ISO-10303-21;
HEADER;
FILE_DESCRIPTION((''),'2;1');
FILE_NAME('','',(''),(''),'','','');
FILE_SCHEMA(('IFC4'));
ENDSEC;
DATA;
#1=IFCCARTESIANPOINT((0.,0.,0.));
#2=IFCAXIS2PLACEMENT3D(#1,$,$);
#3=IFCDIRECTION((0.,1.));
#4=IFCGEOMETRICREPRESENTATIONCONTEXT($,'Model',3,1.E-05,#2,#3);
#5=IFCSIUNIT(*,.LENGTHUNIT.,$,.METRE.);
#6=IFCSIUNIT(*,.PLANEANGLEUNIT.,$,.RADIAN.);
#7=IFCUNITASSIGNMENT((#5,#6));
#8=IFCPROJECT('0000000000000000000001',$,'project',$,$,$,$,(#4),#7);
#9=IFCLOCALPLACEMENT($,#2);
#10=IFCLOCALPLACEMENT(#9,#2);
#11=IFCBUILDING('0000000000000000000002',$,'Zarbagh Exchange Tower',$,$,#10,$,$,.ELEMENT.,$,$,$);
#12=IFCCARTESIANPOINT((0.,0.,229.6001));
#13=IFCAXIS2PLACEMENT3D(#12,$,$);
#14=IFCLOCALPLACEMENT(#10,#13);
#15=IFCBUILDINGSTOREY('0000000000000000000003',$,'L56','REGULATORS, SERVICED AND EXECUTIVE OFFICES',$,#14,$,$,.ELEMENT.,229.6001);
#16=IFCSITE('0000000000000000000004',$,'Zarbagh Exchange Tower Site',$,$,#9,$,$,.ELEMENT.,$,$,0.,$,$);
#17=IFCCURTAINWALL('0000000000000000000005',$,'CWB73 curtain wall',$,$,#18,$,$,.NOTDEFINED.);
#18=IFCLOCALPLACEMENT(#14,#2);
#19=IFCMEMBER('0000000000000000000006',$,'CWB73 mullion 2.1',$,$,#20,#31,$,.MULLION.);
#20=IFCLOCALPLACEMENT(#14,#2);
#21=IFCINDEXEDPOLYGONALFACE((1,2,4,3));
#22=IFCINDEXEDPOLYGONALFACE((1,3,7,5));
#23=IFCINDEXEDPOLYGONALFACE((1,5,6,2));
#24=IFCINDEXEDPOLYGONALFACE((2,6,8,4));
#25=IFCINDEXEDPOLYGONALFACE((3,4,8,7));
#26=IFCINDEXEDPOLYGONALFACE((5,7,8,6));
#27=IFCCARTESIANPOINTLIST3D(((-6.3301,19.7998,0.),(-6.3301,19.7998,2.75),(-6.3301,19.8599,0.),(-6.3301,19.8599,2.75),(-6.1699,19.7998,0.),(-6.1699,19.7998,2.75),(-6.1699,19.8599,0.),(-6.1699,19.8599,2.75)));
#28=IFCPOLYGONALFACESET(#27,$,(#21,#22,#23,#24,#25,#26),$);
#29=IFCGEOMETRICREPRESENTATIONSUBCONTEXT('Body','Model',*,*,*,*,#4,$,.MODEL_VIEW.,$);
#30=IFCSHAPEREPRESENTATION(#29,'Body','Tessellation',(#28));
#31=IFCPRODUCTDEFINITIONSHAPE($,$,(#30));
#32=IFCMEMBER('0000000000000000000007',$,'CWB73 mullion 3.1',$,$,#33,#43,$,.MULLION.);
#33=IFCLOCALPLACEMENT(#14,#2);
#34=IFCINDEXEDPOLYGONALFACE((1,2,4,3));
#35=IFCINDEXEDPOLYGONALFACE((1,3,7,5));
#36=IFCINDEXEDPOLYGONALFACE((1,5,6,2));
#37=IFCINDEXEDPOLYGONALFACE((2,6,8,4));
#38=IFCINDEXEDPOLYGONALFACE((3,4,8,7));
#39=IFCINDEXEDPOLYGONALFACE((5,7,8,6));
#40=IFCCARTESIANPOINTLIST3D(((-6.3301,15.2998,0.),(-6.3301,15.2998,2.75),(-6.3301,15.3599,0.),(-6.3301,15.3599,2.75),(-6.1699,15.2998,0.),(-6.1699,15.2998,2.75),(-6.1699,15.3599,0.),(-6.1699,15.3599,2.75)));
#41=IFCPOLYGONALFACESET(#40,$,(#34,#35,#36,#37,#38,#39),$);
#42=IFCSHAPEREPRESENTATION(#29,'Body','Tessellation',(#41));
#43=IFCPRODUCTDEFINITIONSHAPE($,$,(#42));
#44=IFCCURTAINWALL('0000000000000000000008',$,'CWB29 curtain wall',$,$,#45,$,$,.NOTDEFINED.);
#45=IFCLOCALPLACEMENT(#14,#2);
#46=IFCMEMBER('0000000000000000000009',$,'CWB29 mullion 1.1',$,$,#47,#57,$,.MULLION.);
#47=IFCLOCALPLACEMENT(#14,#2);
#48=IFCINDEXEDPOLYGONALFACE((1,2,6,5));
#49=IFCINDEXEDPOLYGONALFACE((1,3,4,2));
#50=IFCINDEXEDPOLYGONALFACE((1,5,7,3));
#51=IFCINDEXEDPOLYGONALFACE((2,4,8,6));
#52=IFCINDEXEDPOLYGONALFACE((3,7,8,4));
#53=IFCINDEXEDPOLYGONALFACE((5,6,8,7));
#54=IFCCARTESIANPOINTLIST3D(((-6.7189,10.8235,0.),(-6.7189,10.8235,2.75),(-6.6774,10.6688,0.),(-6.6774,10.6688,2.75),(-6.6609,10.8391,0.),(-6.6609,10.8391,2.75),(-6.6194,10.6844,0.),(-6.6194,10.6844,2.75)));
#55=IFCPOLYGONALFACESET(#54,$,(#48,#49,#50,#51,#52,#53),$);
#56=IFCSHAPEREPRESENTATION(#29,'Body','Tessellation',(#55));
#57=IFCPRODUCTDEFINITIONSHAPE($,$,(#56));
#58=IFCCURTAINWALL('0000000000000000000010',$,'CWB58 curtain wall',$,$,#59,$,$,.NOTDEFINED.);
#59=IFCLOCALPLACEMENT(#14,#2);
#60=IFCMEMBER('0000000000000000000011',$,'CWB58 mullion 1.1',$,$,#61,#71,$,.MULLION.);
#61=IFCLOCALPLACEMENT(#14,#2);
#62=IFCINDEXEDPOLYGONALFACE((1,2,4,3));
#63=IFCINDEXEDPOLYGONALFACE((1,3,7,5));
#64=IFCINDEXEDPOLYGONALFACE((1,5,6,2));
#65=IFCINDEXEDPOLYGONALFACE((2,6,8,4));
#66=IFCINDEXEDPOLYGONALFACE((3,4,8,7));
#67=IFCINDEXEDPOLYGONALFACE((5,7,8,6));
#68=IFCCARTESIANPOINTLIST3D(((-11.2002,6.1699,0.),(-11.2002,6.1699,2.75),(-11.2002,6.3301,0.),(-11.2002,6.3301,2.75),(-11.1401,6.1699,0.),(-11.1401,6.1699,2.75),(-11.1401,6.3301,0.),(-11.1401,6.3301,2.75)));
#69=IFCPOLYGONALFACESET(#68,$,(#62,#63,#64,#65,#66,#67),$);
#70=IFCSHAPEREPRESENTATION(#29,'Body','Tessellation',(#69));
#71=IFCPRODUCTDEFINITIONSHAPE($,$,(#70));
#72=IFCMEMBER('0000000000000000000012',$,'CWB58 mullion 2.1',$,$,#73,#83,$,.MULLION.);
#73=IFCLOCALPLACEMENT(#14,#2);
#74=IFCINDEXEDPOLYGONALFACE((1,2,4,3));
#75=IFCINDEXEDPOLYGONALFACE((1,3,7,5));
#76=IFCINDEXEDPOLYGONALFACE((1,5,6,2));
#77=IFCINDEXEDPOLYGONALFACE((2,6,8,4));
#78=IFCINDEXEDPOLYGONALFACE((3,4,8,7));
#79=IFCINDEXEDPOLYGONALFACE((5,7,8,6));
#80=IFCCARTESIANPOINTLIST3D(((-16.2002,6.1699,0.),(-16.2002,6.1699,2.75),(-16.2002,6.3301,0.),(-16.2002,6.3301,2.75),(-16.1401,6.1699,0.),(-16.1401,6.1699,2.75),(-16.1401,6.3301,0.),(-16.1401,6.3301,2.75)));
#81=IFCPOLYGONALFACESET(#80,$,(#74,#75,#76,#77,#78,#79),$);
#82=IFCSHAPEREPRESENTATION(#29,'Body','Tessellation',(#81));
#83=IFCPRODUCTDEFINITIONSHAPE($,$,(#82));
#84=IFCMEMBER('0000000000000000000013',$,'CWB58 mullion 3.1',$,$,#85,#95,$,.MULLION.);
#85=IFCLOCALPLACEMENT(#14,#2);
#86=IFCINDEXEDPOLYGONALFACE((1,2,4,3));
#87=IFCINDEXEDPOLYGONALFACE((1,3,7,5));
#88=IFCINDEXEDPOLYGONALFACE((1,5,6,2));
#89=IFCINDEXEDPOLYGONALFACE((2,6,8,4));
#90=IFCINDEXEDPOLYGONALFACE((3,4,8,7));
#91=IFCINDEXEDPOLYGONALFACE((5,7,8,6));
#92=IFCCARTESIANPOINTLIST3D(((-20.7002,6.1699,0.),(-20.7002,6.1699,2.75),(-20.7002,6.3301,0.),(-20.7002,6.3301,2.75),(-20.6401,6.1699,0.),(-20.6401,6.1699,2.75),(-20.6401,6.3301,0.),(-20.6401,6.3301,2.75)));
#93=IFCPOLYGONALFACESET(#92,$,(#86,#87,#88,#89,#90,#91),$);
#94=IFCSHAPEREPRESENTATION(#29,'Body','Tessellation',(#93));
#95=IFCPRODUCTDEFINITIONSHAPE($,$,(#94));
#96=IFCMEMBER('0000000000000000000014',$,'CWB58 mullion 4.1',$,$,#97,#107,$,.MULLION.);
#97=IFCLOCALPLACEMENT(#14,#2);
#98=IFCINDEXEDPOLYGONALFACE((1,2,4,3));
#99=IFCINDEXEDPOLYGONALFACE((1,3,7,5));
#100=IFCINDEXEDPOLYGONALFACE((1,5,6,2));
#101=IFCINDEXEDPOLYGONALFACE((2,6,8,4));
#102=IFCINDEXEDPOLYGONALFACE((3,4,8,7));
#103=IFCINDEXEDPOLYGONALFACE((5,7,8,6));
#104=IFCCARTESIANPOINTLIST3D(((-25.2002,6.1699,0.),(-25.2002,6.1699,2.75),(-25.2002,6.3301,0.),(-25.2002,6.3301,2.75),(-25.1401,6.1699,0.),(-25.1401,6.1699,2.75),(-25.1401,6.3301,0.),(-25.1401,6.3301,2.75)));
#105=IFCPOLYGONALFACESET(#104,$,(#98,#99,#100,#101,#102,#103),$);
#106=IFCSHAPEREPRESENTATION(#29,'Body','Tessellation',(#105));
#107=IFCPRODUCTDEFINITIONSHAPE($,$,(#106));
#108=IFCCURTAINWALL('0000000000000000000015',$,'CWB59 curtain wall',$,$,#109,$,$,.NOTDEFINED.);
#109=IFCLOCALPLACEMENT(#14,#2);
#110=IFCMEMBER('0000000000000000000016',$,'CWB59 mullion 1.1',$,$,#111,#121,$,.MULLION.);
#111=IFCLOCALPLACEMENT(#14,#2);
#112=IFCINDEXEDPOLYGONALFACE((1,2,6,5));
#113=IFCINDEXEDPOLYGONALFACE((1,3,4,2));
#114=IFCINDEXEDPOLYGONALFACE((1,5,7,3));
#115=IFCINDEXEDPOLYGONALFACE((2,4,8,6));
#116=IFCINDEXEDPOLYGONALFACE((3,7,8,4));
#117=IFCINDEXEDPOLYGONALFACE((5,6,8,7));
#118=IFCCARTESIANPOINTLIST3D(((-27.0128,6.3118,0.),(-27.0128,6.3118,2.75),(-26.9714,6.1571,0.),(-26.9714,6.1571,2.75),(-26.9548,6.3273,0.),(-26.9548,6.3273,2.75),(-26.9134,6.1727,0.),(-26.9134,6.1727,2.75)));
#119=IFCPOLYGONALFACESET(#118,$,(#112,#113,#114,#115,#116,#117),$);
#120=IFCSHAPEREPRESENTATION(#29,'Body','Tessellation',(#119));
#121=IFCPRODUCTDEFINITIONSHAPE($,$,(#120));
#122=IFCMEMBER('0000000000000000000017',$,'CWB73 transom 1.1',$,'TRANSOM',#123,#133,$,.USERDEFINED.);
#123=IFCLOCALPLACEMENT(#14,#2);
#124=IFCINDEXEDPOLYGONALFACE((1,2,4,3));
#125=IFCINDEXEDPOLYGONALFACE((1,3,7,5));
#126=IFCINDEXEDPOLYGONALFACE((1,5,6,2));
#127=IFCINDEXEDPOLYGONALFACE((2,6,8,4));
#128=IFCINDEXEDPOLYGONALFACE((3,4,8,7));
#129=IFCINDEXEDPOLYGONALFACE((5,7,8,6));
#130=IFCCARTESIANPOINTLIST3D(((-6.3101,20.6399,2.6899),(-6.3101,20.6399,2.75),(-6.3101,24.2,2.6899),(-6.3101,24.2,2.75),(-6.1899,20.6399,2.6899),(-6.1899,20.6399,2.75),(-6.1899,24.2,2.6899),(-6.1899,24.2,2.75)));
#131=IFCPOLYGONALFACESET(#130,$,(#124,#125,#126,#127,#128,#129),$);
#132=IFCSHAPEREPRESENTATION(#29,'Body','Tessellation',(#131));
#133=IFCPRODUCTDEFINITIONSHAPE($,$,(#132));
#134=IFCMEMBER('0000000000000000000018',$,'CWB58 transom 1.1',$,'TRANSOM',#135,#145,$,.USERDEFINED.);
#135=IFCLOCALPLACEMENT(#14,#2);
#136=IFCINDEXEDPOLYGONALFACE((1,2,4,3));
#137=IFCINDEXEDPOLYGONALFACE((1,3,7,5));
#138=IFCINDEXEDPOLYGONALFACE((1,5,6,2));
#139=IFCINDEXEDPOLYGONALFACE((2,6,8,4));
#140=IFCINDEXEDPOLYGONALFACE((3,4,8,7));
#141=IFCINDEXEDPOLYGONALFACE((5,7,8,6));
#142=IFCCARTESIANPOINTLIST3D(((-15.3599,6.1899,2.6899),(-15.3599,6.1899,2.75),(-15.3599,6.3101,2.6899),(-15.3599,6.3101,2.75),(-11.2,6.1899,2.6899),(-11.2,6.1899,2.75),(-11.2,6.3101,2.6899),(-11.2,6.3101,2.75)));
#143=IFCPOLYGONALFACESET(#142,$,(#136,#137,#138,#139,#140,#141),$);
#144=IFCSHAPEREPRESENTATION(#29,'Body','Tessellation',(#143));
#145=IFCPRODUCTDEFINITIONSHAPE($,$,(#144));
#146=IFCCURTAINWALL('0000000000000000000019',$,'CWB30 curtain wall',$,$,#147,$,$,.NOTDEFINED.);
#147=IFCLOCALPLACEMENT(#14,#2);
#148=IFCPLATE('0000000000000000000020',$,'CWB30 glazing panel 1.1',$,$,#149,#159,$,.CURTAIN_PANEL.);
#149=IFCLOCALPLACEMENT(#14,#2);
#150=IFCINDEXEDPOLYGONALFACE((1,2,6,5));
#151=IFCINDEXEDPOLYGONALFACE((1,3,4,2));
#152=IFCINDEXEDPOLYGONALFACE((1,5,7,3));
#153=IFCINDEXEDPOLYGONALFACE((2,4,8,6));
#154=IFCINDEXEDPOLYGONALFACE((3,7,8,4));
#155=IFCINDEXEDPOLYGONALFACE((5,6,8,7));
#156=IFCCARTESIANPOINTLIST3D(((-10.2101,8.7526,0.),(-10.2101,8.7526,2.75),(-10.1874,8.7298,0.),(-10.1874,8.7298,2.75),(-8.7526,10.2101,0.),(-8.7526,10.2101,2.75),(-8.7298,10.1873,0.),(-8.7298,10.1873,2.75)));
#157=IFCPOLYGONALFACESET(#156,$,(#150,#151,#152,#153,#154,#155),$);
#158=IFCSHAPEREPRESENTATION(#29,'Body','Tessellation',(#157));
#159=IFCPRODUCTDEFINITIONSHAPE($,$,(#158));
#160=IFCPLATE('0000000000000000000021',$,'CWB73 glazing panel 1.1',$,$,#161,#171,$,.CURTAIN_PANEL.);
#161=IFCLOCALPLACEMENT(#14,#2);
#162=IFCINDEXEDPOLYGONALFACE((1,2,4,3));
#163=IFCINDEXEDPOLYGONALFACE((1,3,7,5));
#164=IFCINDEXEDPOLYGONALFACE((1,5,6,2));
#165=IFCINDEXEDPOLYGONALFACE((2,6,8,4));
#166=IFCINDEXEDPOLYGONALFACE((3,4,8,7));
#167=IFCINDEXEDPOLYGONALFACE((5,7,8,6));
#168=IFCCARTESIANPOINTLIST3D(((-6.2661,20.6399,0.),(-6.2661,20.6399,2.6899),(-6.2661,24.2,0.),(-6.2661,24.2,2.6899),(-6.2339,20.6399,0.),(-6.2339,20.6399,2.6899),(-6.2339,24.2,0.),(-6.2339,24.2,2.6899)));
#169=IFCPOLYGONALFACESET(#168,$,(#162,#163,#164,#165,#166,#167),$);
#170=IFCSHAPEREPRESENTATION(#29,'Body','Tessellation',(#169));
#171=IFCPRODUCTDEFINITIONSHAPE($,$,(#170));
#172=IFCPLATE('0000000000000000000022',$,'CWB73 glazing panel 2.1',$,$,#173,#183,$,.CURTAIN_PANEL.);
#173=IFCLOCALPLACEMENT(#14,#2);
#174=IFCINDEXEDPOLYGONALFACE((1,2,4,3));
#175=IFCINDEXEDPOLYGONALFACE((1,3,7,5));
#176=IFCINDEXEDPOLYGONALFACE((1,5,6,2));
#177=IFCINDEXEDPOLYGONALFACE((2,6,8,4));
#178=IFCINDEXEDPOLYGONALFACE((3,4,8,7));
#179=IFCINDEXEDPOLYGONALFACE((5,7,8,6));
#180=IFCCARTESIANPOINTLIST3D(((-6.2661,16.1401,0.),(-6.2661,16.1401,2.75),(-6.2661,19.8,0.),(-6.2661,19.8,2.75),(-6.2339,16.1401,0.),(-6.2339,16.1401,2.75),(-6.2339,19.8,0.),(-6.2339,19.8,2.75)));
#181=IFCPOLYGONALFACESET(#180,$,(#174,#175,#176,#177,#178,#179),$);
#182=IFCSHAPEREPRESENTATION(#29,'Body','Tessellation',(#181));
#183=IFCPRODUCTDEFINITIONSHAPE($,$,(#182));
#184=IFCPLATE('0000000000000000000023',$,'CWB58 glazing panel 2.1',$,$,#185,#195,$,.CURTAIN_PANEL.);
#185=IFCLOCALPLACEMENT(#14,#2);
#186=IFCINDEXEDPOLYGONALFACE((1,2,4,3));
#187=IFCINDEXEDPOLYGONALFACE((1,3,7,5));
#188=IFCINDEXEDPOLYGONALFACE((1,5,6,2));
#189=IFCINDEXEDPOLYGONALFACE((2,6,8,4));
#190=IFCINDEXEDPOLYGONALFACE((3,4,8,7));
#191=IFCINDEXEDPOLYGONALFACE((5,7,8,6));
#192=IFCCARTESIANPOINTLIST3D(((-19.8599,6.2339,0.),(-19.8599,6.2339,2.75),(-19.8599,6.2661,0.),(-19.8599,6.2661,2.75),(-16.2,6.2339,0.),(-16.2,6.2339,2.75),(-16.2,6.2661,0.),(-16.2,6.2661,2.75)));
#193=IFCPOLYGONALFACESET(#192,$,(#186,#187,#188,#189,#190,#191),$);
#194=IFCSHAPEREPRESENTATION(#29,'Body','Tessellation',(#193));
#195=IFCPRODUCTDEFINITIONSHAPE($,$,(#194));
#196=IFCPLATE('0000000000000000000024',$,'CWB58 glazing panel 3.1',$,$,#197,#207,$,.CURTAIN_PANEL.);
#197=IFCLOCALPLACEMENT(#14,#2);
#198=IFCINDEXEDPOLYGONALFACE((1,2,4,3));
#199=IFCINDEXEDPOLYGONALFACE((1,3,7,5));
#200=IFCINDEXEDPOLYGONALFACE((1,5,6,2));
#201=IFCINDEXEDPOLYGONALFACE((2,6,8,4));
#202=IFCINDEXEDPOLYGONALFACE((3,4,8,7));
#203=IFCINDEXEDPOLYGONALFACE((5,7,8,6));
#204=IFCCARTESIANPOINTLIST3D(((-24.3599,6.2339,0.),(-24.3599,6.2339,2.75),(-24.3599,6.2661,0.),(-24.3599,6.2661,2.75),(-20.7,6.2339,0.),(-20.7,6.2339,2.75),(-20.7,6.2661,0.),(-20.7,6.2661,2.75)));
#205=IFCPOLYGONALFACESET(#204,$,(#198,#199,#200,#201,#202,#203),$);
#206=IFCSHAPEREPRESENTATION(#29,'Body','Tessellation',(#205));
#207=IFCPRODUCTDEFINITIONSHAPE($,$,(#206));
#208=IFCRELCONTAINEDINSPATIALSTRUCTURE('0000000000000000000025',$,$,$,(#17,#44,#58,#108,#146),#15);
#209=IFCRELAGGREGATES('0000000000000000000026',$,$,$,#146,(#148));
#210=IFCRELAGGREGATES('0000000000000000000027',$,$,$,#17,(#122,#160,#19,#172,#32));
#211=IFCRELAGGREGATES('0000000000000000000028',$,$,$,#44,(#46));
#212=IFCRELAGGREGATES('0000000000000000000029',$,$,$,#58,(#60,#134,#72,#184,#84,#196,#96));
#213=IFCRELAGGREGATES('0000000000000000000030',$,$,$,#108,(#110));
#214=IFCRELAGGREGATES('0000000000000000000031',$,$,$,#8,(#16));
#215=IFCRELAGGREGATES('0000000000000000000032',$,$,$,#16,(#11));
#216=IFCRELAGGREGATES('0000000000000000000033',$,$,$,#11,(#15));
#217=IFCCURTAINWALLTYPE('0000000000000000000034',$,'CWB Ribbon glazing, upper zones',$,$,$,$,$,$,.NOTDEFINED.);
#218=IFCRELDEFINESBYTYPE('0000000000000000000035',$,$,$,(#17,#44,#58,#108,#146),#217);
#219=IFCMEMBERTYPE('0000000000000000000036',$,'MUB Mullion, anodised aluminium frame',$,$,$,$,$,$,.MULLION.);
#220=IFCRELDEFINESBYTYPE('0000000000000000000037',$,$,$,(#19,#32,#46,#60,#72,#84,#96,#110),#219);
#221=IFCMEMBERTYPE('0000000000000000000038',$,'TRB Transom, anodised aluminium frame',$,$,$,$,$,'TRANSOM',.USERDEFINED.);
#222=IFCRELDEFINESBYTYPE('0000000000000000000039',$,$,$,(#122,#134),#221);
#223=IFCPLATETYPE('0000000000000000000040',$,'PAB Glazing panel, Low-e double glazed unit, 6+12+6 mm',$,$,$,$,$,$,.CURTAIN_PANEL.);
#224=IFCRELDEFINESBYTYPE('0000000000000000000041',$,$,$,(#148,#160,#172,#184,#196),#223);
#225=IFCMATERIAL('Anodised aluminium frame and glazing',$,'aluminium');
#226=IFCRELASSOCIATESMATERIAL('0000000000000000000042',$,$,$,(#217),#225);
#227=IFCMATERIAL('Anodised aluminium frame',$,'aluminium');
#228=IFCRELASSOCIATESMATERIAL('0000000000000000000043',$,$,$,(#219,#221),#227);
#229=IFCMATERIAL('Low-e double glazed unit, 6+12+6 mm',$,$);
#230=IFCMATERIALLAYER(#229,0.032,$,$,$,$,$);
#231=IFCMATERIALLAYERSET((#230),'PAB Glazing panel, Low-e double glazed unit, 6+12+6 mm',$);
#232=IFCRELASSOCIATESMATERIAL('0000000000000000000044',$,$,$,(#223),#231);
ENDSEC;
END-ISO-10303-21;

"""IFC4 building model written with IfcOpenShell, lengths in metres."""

from ifc_helpers import new_model, si_unit, direction, frame, origin, place, context, subcontext, project, spatial, polyline, outline, extrude, source, transform, mapped, material, layer, layer_set, type_object, element, aggregate, save


model = new_model("IFC4")

# Units and contexts
model_context = context("Model", 3, precision=1e-05, world=origin(), true_north=direction((0.0, 1.0)))
body_context = subcontext(model_context, "Body", "Model", "MODEL_VIEW")
ifc_project = project(units=[si_unit("LENGTHUNIT", "METRE"), si_unit("PLANEANGLEUNIT", "RADIAN")], contexts=[model_context])

# Site, building, storey
site_placement = place(None, origin())
site = spatial("IfcSite", under=ifc_project, at=site_placement, Name="Zarbagh Exchange Tower Site", CompositionType="ELEMENT", RefElevation=0.0)
building_placement = place(site_placement, origin())
building = spatial("IfcBuilding", under=site, at=building_placement, Name="Zarbagh Exchange Tower", CompositionType="ELEMENT")
storey_placement = place(building_placement, frame((0.0, 0.0, 229.6001)))
storey = spatial("IfcBuildingStorey", under=building, at=storey_placement, Name="L56", Description="REGULATORS, SERVICED AND EXECUTIVE OFFICES", CompositionType="ELEMENT", Elevation=229.6001)

# Curtain wall, members
ifc_material_1 = material(Name="Anodised aluminium frame and glazing", Category="aluminium")
curtain_wall_type = type_object("IfcCurtainWallType", Name="CWB Ribbon glazing, upper zones", PredefinedType="NOTDEFINED", material=ifc_material_1)
curtain_wall_1_placement = place(storey_placement, origin())
curtain_wall_1 = element("IfcCurtainWall", 1, at=curtain_wall_1_placement, inside=storey, type_object=curtain_wall_type, Name="CWB73 curtain wall", PredefinedType="NOTDEFINED")
ifc_material_2 = material(Name="Anodised aluminium frame", Category="aluminium")
member_type_1 = type_object("IfcMemberType", Name="MUB Mullion, anodised aluminium frame", PredefinedType="MULLION", material=ifc_material_2)
shared_shape_1 = source(origin(), body_context, "Body", "SweptSolid", [
    extrude(outline(polyline([(0.0, -0.0801), (0.0601, -0.0801), (0.0601, 0.0801), (0.0, 0.0801), (0.0, -0.0801)])), origin(), (0.0, 0.0, 1.0), 2.75),
])
placement = place(storey_placement, origin())
member_1 = element("IfcMember", 2, at=placement, type_object=member_type_1, Name="CWB73 mullion 2.1", PredefinedType="MULLION", context=body_context, shape_type="MappedRepresentation", body=[
    mapped(shared_shape_1, transform((-6.25, 19.8599, 0.0), x_axis=(0.0, -1.0, 0.0), y_axis=(1.0, 0.0, 0.0), z_axis=(0.0, 0.0, 1.0))),
])
member_2 = element("IfcMember", 3, at=placement, type_object=member_type_1, Name="CWB73 mullion 3.1", PredefinedType="MULLION", context=body_context, shape_type="MappedRepresentation", body=[
    mapped(shared_shape_1, transform((-6.25, 15.3599, 0.0), x_axis=(0.0, -1.0, 0.0), y_axis=(1.0, 0.0, 0.0), z_axis=(0.0, 0.0, 1.0))),
])

# Curtain wall, member
curtain_wall_2_placement = place(storey_placement, origin())
curtain_wall_2 = element("IfcCurtainWall", 4, at=curtain_wall_2_placement, inside=storey, type_object=curtain_wall_type, Name="CWB29 curtain wall", PredefinedType="NOTDEFINED")
member_3 = element("IfcMember", 5, at=placement, type_object=member_type_1, Name="CWB29 mullion 1.1", PredefinedType="MULLION", context=body_context, shape_type="MappedRepresentation", body=[
    mapped(shared_shape_1, transform((-6.6401, 10.7617, 0.0), x_axis=(-0.965924, -0.258825, 0.0), y_axis=(0.258825, -0.965924, 0.0), z_axis=(0.0, 0.0, 1.0))),
])

# Curtain wall, members
curtain_wall_3_placement = place(storey_placement, origin())
curtain_wall_3 = element("IfcCurtainWall", 6, at=curtain_wall_3_placement, inside=storey, type_object=curtain_wall_type, Name="CWB58 curtain wall", PredefinedType="NOTDEFINED")
member_4 = element("IfcMember", 7, at=placement, type_object=member_type_1, Name="CWB58 mullion 1.1", PredefinedType="MULLION", context=body_context, shape_type="MappedRepresentation", body=[
    mapped(shared_shape_1, transform((-11.1401, 6.25, 0.0), x_axis=(-1.0, 0.0, 0.0), y_axis=(0.0, -1.0, 0.0), z_axis=(0.0, 0.0, 1.0))),
])
member_5 = element("IfcMember", 8, at=placement, type_object=member_type_1, Name="CWB58 mullion 2.1", PredefinedType="MULLION", context=body_context, shape_type="MappedRepresentation", body=[
    mapped(shared_shape_1, transform((-16.1401, 6.25, 0.0), x_axis=(-1.0, 0.0, 0.0), y_axis=(0.0, -1.0, 0.0), z_axis=(0.0, 0.0, 1.0))),
])
member_6 = element("IfcMember", 9, at=placement, type_object=member_type_1, Name="CWB58 mullion 3.1", PredefinedType="MULLION", context=body_context, shape_type="MappedRepresentation", body=[
    mapped(shared_shape_1, transform((-20.6401, 6.25, 0.0), x_axis=(-1.0, 0.0, 0.0), y_axis=(0.0, -1.0, 0.0), z_axis=(0.0, 0.0, 1.0))),
])
member_7 = element("IfcMember", 10, at=placement, type_object=member_type_1, Name="CWB58 mullion 4.1", PredefinedType="MULLION", context=body_context, shape_type="MappedRepresentation", body=[
    mapped(shared_shape_1, transform((-25.1401, 6.25, 0.0), x_axis=(-1.0, 0.0, 0.0), y_axis=(0.0, -1.0, 0.0), z_axis=(0.0, 0.0, 1.0))),
])

# Curtain wall, member
curtain_wall_4_placement = place(storey_placement, origin())
curtain_wall_4 = element("IfcCurtainWall", 11, at=curtain_wall_4_placement, inside=storey, type_object=curtain_wall_type, Name="CWB59 curtain wall", PredefinedType="NOTDEFINED")
member_8 = element("IfcMember", 12, at=placement, type_object=member_type_1, Name="CWB59 mullion 1.1", PredefinedType="MULLION", context=body_context, shape_type="MappedRepresentation", body=[
    mapped(shared_shape_1, transform((-26.9341, 6.25, 0.0), x_axis=(-0.965924, -0.258825, 0.0), y_axis=(0.258825, -0.965924, 0.0), z_axis=(0.0, 0.0, 1.0))),
])

# Members
member_type_2 = type_object("IfcMemberType", Name="TRB Transom, anodised aluminium frame", ElementType="TRANSOM", PredefinedType="USERDEFINED", material=ifc_material_2)
shared_shape_2 = source(origin(), body_context, "Body", "SweptSolid", [
    extrude(outline(polyline([(-0.0601, -0.0601), (0.0, -0.0601), (0.0, 0.0601), (-0.0601, 0.0601), (-0.0601, -0.0601)])), origin(), (0.0, 0.0, 1.0), 3.5601),
])
member_9 = element("IfcMember", 13, at=placement, type_object=member_type_2, Name="CWB73 transom 1.1", ObjectType="TRANSOM", PredefinedType="USERDEFINED", context=body_context, shape_type="MappedRepresentation", body=[
    mapped(shared_shape_2, transform((-6.25, 24.2, 2.75), x_axis=(0.0, 0.0, 1.0), y_axis=(-1.0, 0.0, 0.0), z_axis=(0.0, -1.0, 0.0))),
])
shared_shape_3 = source(origin(), body_context, "Body", "SweptSolid", [
    extrude(outline(polyline([(-0.0601, -0.0601), (0.0, -0.0601), (0.0, 0.0601), (-0.0601, 0.0601), (-0.0601, -0.0601)])), origin(), (0.0, 0.0, 1.0), 4.1599),
])
member_10 = element("IfcMember", 14, at=placement, type_object=member_type_2, Name="CWB58 transom 1.1", ObjectType="TRANSOM", PredefinedType="USERDEFINED", context=body_context, shape_type="MappedRepresentation", body=[
    mapped(shared_shape_3, transform((-11.2, 6.25, 2.75), x_axis=(0.0, 0.0, 1.0), y_axis=(0.0, 1.0, 0.0), z_axis=(-1.0, 0.0, 0.0))),
])

# Curtain wall, plate
curtain_wall_5_placement = place(storey_placement, origin())
curtain_wall_5 = element("IfcCurtainWall", 15, at=curtain_wall_5_placement, inside=storey, type_object=curtain_wall_type, Name="CWB30 curtain wall", PredefinedType="NOTDEFINED")
ifc_material_3 = material(Name="Low-e double glazed unit, 6+12+6 mm")
ifc_layer = layer(ifc_material_3, 0.032)
ifc_layer_set = layer_set([ifc_layer], Name="PAB Glazing panel, Low-e double glazed unit, 6+12+6 mm")
plate_type = type_object("IfcPlateType", Name="PAB Glazing panel, Low-e double glazed unit, 6+12+6 mm", PredefinedType="CURTAIN_PANEL", material=ifc_layer_set)
shared_shape_4 = source(origin(), body_context, "Body", "SweptSolid", [
    extrude(outline(polyline([(0.0, -0.0161), (2.0613, -0.0161), (2.0613, 0.0161), (0.0, 0.0161), (0.0, -0.0161)])), origin(), (0.0, 0.0, 1.0), 2.75),
])
plate_1 = element("IfcPlate", 16, at=placement, type_object=plate_type, Name="CWB30 glazing panel 1.1", PredefinedType="CURTAIN_PANEL", context=body_context, shape_type="MappedRepresentation", body=[
    mapped(shared_shape_4, transform((-8.7412, 10.1987, 0.0), x_axis=(-0.707107, -0.707107, 0.0), y_axis=(0.707107, -0.707107, 0.0), z_axis=(0.0, 0.0, 1.0))),
])
aggregate(curtain_wall_5, [plate_1])

# Plates
shared_shape_5 = source(origin(), body_context, "Body", "SweptSolid", [
    extrude(outline(polyline([(0.0, -0.0161), (3.5601, -0.0161), (3.5601, 0.0161), (0.0, 0.0161), (0.0, -0.0161)])), origin(), (0.0, 0.0, 1.0), 2.6899),
])
plate_2 = element("IfcPlate", 17, at=placement, type_object=plate_type, Name="CWB73 glazing panel 1.1", PredefinedType="CURTAIN_PANEL", context=body_context, shape_type="MappedRepresentation", body=[
    mapped(shared_shape_5, transform((-6.25, 24.2, 0.0), x_axis=(0.0, -1.0, 0.0), y_axis=(1.0, 0.0, 0.0), z_axis=(0.0, 0.0, 1.0))),
])
shared_shape_6 = source(origin(), body_context, "Body", "SweptSolid", [
    extrude(outline(polyline([(0.0, -0.0161), (3.6599, -0.0161), (3.6599, 0.0161), (0.0, 0.0161), (0.0, -0.0161)])), origin(), (0.0, 0.0, 1.0), 2.75),
])
plate_3 = element("IfcPlate", 18, at=placement, type_object=plate_type, Name="CWB73 glazing panel 2.1", PredefinedType="CURTAIN_PANEL", context=body_context, shape_type="MappedRepresentation", body=[
    mapped(shared_shape_6, transform((-6.25, 19.8, 0.0), x_axis=(0.0, -1.0, 0.0), y_axis=(1.0, 0.0, 0.0), z_axis=(0.0, 0.0, 1.0))),
])
plate_4 = element("IfcPlate", 19, at=placement, type_object=plate_type, Name="CWB58 glazing panel 2.1", PredefinedType="CURTAIN_PANEL", context=body_context, shape_type="MappedRepresentation", body=[
    mapped(shared_shape_6, transform((-16.2, 6.25, 0.0), x_axis=(-1.0, 0.0, 0.0), y_axis=(0.0, -1.0, 0.0), z_axis=(0.0, 0.0, 1.0))),
])
plate_5 = element("IfcPlate", 20, at=placement, type_object=plate_type, Name="CWB58 glazing panel 3.1", PredefinedType="CURTAIN_PANEL", context=body_context, shape_type="MappedRepresentation", body=[
    mapped(shared_shape_6, transform((-20.7, 6.25, 0.0), x_axis=(-1.0, 0.0, 0.0), y_axis=(0.0, -1.0, 0.0), z_axis=(0.0, 0.0, 1.0))),
])
aggregate(curtain_wall_1, [member_9, plate_2, member_1, plate_3, member_2])
aggregate(curtain_wall_2, [member_3])

aggregate(curtain_wall_3, [member_4, member_10, member_5, plate_4, member_6, plate_5, member_7])
aggregate(curtain_wall_4, [member_8])

save(model, "model.ifc")
